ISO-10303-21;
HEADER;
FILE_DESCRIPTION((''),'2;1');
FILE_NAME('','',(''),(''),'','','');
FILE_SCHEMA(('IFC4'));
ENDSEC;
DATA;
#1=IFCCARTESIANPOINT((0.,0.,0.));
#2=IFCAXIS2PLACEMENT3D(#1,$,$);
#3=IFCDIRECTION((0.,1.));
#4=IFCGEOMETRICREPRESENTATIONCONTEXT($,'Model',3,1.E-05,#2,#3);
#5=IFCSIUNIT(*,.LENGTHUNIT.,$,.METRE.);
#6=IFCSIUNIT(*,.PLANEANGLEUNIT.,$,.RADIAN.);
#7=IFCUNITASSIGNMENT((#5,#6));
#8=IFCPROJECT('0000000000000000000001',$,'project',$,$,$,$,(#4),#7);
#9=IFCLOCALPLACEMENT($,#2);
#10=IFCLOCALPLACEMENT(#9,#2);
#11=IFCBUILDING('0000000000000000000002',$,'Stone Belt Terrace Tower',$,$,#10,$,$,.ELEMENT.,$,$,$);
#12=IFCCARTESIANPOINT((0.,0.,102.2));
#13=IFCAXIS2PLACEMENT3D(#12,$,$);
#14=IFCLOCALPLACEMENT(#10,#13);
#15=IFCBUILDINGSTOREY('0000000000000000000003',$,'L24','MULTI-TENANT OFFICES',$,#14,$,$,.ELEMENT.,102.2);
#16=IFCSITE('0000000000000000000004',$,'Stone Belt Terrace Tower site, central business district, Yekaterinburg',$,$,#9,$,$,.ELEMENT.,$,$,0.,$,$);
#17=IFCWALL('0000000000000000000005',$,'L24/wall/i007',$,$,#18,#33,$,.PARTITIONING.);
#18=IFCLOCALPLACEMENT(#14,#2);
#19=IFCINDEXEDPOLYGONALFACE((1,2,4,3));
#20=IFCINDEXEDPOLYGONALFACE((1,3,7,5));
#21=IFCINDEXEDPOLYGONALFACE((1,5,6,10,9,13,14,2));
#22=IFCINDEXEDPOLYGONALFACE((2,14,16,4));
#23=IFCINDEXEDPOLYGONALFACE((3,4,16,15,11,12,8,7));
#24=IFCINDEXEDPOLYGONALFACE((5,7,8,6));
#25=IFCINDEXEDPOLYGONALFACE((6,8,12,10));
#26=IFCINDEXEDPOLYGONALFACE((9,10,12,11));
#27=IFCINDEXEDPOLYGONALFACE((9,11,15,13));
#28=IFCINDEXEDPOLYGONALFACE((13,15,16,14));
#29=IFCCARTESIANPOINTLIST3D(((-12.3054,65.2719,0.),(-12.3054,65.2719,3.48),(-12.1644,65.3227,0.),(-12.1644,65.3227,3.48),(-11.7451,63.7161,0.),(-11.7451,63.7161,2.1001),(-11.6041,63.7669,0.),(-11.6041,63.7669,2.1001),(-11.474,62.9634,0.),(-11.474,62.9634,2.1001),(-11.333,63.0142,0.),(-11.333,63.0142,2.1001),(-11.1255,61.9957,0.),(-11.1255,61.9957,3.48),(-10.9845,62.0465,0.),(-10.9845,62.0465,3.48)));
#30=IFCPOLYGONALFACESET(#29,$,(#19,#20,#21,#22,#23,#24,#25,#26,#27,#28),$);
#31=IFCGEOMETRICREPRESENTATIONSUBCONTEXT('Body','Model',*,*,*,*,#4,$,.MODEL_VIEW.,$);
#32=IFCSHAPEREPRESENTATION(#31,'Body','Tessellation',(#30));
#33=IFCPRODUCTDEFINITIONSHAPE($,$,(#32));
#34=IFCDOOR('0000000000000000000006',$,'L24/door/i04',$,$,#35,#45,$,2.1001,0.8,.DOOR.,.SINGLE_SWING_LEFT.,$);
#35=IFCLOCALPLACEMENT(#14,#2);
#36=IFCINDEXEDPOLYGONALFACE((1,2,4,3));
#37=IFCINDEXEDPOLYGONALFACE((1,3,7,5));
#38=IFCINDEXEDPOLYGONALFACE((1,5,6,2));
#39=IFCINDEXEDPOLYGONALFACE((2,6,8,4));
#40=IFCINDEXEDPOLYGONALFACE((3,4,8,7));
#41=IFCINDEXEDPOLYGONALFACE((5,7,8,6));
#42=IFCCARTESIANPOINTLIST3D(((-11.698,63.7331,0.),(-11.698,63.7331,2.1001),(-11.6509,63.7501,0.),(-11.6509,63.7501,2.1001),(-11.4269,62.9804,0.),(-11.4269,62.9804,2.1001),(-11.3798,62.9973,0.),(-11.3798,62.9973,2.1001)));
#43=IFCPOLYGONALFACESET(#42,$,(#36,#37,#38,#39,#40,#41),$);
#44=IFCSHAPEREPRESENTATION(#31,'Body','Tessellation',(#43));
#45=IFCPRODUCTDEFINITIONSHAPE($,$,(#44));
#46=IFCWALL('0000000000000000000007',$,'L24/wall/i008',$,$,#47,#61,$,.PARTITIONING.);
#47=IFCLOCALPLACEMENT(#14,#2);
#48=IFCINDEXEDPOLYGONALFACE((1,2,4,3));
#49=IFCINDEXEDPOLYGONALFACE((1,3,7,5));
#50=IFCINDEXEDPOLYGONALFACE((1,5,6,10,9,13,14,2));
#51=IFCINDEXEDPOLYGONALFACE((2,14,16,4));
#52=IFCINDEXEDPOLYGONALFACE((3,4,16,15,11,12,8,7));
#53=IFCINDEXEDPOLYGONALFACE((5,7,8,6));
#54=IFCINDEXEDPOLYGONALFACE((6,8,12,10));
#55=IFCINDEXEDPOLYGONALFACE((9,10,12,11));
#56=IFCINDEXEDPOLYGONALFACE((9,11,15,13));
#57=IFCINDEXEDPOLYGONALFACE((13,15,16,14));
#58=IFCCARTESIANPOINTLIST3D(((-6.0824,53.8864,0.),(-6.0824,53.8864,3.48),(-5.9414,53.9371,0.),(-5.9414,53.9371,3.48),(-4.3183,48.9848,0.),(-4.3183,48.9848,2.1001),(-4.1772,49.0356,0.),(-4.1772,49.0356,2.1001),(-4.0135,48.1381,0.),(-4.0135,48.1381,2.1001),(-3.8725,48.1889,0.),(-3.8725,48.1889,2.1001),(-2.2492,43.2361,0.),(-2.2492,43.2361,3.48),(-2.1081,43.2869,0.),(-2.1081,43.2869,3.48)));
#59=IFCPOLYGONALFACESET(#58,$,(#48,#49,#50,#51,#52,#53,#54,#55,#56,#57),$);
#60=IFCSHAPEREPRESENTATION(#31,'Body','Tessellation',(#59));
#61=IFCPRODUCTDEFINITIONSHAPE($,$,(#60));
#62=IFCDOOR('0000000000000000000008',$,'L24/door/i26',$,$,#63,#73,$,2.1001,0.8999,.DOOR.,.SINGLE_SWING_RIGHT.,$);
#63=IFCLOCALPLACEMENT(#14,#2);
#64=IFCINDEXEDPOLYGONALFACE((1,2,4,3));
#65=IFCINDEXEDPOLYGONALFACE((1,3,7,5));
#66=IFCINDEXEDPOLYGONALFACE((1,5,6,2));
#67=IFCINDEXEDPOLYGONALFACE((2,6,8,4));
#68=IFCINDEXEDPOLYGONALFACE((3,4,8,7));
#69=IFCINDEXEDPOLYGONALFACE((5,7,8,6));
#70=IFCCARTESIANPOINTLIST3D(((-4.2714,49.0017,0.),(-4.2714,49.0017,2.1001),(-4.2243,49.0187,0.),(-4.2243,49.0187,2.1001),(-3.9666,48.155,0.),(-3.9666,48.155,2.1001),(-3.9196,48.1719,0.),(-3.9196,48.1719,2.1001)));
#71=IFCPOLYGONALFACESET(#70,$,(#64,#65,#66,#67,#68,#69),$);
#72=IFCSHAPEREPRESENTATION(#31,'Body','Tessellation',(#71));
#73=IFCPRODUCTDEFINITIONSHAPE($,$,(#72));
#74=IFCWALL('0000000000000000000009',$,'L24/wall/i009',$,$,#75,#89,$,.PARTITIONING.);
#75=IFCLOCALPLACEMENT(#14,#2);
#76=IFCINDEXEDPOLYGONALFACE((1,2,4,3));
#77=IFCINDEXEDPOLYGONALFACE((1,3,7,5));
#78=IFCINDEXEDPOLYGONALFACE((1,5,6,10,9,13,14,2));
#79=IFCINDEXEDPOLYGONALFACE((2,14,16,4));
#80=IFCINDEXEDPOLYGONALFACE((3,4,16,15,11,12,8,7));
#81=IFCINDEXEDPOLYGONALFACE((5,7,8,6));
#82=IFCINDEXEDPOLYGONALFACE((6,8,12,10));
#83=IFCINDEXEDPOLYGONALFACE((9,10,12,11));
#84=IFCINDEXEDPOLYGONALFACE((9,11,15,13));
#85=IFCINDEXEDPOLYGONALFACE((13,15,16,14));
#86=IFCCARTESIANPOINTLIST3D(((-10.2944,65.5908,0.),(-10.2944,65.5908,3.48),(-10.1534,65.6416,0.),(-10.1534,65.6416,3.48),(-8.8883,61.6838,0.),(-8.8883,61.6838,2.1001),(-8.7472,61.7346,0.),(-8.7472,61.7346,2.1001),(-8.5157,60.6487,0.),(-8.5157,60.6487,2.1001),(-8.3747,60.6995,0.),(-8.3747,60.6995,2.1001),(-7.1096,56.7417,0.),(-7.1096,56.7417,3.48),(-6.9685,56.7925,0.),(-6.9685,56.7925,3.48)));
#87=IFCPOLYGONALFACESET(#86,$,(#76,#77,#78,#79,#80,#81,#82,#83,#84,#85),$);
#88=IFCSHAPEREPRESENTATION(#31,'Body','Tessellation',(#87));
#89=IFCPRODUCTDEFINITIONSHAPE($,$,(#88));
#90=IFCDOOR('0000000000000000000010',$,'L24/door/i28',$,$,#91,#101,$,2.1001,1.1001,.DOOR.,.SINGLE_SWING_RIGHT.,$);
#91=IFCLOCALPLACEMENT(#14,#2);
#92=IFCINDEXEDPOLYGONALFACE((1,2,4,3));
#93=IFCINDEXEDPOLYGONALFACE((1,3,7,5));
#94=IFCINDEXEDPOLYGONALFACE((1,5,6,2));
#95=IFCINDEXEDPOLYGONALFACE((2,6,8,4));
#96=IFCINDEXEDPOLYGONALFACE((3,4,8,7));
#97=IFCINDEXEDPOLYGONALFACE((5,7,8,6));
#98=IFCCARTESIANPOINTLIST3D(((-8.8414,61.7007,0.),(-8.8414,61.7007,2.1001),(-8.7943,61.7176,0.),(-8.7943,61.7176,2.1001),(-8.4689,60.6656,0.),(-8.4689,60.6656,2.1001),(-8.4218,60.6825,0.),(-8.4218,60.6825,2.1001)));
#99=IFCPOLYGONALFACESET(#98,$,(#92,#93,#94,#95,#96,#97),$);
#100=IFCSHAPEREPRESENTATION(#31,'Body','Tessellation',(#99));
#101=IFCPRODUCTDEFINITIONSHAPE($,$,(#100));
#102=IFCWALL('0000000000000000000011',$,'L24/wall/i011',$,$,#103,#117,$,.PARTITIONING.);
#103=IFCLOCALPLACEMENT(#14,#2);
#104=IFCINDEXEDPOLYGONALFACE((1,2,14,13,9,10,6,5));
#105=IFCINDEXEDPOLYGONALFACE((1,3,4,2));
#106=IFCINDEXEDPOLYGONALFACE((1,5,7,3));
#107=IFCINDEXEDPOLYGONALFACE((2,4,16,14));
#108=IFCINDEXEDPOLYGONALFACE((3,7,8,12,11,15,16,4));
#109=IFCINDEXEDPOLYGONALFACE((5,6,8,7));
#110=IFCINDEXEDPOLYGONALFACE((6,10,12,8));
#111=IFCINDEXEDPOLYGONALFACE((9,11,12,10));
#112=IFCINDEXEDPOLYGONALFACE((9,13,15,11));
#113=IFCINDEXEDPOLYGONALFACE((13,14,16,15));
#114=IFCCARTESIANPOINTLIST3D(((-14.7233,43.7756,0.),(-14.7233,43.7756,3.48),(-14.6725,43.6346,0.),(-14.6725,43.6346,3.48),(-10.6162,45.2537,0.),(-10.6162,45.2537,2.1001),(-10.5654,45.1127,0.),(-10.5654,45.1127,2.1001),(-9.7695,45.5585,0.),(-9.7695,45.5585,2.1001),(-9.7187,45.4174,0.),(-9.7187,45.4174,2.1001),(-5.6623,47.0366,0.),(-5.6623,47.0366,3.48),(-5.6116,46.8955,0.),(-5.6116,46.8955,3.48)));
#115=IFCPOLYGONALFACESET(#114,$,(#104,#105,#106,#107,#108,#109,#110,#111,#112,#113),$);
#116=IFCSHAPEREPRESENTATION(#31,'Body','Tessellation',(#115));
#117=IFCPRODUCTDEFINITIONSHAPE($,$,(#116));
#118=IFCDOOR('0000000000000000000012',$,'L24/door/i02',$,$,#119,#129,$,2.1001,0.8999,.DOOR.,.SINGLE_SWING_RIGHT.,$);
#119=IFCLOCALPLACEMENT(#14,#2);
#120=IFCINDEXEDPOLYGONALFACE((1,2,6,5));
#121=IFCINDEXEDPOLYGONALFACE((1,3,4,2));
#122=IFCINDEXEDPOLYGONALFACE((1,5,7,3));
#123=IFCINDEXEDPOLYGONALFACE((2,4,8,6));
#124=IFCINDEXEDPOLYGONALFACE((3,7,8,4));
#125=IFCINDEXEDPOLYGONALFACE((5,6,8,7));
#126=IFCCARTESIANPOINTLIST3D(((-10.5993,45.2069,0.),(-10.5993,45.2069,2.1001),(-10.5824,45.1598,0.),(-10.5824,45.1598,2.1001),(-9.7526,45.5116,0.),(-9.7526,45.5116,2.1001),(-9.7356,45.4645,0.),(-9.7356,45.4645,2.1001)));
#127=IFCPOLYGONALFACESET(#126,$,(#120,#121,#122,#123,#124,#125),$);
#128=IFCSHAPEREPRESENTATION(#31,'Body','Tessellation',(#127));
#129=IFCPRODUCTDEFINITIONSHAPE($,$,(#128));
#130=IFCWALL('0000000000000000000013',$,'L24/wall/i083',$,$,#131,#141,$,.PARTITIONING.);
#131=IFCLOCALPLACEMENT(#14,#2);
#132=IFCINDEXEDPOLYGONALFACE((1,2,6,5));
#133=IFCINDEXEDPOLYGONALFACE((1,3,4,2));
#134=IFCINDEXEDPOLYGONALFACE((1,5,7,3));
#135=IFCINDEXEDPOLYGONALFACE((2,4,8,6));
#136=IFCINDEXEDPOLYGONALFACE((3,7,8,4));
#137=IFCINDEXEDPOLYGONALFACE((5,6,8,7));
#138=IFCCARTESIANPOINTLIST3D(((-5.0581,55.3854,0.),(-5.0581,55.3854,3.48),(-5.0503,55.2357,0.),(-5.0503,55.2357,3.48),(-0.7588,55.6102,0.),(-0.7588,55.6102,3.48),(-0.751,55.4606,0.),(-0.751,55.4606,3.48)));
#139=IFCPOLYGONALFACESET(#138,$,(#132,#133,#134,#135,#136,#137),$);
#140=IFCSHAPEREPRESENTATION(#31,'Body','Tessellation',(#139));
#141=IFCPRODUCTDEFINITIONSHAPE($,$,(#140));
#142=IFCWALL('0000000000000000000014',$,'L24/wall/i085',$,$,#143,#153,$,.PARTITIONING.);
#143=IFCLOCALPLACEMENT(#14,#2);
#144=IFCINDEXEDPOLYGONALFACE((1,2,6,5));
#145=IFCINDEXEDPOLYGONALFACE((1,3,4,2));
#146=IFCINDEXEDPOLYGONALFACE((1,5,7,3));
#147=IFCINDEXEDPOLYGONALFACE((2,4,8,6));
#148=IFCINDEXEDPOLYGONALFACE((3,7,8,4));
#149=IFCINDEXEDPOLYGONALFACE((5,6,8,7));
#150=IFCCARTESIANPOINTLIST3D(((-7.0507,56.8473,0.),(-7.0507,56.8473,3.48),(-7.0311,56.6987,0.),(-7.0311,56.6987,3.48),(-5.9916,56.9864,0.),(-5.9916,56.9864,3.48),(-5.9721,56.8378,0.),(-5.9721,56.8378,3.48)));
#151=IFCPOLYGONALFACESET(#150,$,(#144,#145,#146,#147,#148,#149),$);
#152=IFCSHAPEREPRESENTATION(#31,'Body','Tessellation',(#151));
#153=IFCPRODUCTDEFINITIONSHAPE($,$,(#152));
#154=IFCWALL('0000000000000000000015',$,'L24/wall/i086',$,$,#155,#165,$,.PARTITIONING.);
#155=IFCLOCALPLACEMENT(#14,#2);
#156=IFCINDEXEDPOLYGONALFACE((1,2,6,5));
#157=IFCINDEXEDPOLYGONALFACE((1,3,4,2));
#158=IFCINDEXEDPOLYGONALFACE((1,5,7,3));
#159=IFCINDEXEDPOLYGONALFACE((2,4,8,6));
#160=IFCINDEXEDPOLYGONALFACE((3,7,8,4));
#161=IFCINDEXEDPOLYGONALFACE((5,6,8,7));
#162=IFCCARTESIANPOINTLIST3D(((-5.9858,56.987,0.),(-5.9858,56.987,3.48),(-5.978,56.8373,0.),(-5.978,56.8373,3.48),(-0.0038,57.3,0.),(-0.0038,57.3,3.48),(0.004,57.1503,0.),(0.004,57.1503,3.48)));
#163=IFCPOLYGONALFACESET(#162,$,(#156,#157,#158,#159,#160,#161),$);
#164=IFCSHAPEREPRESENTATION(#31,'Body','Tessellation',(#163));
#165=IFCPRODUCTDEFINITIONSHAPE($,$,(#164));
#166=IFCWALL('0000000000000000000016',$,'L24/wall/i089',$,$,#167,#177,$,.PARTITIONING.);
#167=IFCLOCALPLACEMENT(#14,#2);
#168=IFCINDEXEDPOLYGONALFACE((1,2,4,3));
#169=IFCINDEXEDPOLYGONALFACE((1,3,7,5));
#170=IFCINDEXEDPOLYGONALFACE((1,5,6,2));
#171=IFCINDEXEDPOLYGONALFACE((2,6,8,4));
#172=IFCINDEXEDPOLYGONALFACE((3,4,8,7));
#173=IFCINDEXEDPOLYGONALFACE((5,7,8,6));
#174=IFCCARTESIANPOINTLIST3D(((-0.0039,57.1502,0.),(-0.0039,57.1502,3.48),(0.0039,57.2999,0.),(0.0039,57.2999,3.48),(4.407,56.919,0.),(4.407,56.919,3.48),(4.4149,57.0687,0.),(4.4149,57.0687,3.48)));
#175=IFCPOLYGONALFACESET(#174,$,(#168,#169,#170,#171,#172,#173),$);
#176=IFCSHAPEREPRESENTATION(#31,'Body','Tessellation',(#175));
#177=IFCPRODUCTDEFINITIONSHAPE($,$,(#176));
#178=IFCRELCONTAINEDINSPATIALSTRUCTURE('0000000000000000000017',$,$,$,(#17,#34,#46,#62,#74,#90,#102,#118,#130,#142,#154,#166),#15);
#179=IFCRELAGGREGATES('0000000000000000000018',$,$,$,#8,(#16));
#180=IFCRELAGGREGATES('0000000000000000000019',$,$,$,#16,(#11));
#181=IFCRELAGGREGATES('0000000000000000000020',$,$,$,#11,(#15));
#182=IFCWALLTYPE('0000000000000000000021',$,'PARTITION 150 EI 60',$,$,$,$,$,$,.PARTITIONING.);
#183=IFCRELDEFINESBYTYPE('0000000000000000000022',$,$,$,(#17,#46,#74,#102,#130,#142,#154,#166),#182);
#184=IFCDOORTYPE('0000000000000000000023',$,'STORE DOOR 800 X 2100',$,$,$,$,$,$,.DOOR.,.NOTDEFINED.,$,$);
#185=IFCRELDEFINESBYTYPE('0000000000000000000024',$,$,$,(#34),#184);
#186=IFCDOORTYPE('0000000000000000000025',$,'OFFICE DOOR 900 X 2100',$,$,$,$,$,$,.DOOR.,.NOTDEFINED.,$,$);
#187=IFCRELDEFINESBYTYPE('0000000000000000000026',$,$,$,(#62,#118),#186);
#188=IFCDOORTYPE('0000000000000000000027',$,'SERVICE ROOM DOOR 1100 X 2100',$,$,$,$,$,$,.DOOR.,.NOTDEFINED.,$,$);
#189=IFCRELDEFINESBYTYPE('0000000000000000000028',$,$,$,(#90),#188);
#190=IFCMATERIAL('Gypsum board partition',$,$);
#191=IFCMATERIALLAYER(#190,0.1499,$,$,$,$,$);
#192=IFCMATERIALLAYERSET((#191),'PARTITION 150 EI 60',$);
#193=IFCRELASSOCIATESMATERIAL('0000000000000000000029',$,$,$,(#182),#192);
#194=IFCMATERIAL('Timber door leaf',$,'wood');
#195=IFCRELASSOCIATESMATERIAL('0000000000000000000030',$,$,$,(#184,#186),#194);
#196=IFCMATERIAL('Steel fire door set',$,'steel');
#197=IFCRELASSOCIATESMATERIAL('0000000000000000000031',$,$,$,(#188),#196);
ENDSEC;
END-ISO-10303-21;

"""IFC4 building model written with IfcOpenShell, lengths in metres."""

from ifc_helpers import new_model, si_unit, direction, frame, frame_2d, origin, place, context, subcontext, project, spatial, rectangle, extrude, material, layer, layer_set, type_object, element, fill, save


model = new_model("IFC4")

# Units and contexts
model_context = context("Model", 3, precision=1e-05, world=origin(), true_north=direction((0.0, 1.0)))
body_context = subcontext(model_context, "Body", "Model", "MODEL_VIEW")
ifc_project = project(units=[si_unit("LENGTHUNIT", "METRE"), si_unit("PLANEANGLEUNIT", "RADIAN")], contexts=[model_context])

# Site, building, storey
site_placement = place(None, origin())
site = spatial("IfcSite", under=ifc_project, at=site_placement, Name="Stone Belt Terrace Tower site, central business district, Yekaterinburg", CompositionType="ELEMENT", RefElevation=0.0)
building_placement = place(site_placement, origin())
building = spatial("IfcBuilding", under=site, at=building_placement, Name="Stone Belt Terrace Tower", CompositionType="ELEMENT")
storey_placement = place(building_placement, frame((0.0, 0.0, 102.2)))
storey = spatial("IfcBuildingStorey", under=building, at=storey_placement, Name="L24", Description="MULTI-TENANT OFFICES", CompositionType="ELEMENT", Elevation=102.2)

# Shared definitions
ifc_material_1 = material(Name="Timber door leaf", Category="wood")

# Walls, openings, doors
ifc_material_2 = material(Name="Gypsum board partition")
ifc_layer_1 = layer(ifc_material_2, 0.1499)
ifc_layer_set_1 = layer_set([ifc_layer_1], Name="PARTITION 150 EI 60")
wall_type_1 = type_object("IfcWallType", Name="PARTITION 150 EI 60", PredefinedType="PARTITIONING", material=ifc_layer_set_1)
wall_1_placement = place(storey_placement, frame((-11.0549, 62.021, 0.0), z_axis=(0.0, 0.0, 1.0), x_axis=(-0.338854, 0.940839, 0.0)))
wall_1 = element("IfcWall", 1, at=wall_1_placement, inside=storey, type_object=wall_type_1, Name="L24/wall/i007", PredefinedType="PARTITIONING", context=body_context, shape_type="SweptSolid", body=[
    extrude(rectangle(XDim=3.4822, YDim=0.1499, at=frame_2d((1.7412, 0.0))), origin(), (0.0, 0.0, 1.0), 3.48),
])
opening_1_placement = place(wall_1_placement, frame((1.0288, 0.0, 0.0)))
opening_1 = element("IfcOpeningElement", 2, at=opening_1_placement, cuts=wall_1, PredefinedType="OPENING", context=body_context, shape_type="SweptSolid", body=[
    extrude(rectangle(XDim=0.8, YDim=2.1001, at=frame_2d((0.3999, 1.05))), frame((0.0, 0.085, 0.0), z_axis=(0.0, -1.0, 0.0), x_axis=(1.0, 0.0, 0.0)), (0.0, 0.0, 1.0), 0.1699),
])
door_type_1 = type_object("IfcDoorType", Name="STORE DOOR 800 X 2100", OperationType="NOTDEFINED", PredefinedType="DOOR", material=ifc_material_1)
door_1_placement = place(opening_1_placement, origin())
door_1 = element("IfcDoor", 3, at=door_1_placement, inside=storey, type_object=door_type_1, Name="L24/door/i04", OperationType="SINGLE_SWING_LEFT", OverallHeight=2.1001, OverallWidth=0.8, PredefinedType="DOOR", context=body_context, shape_type="SweptSolid", body=[
    extrude(rectangle(XDim=0.8, YDim=2.1001, at=frame_2d((0.3999, 1.05))), frame((0.0, 0.0249, 0.0), z_axis=(0.0, -1.0, 0.0), x_axis=(1.0, 0.0, 0.0)), (0.0, 0.0, 1.0), 0.05),
])
fill(opening_1, door_1)
wall_2_placement = place(storey_placement, frame((-6.012, 53.9119, 0.0), z_axis=(0.0, 0.0, 1.0), x_axis=(0.338657, -0.94091, 0.0)))
wall_2 = element("IfcWall", 4, at=wall_2_placement, inside=storey, type_object=wall_type_1, Name="L24/wall/i008", PredefinedType="PARTITIONING", context=body_context, shape_type="SweptSolid", body=[
    extrude(rectangle(XDim=11.3191, YDim=0.1499, at=frame_2d((5.6597, 0.0))), origin(), (0.0, 0.0, 1.0), 3.48),
])
opening_2_placement = place(wall_2_placement, frame((5.2095, 0.0, 0.0)))
opening_2 = element("IfcOpeningElement", 5, at=opening_2_placement, cuts=wall_2, PredefinedType="OPENING", context=body_context, shape_type="SweptSolid", body=[
    extrude(rectangle(XDim=0.8999, YDim=2.1001, at=frame_2d((0.45, 1.05))), frame((0.0, 0.085, 0.0), z_axis=(0.0, -1.0, 0.0), x_axis=(1.0, 0.0, 0.0)), (0.0, 0.0, 1.0), 0.1699),
])
door_type_2 = type_object("IfcDoorType", Name="OFFICE DOOR 900 X 2100", OperationType="NOTDEFINED", PredefinedType="DOOR", material=ifc_material_1)
door_2_placement = place(opening_2_placement, origin())
door_2 = element("IfcDoor", 6, at=door_2_placement, inside=storey, type_object=door_type_2, Name="L24/door/i26", OperationType="SINGLE_SWING_RIGHT", OverallHeight=2.1001, OverallWidth=0.8999, PredefinedType="DOOR", context=body_context, shape_type="SweptSolid", body=[
    extrude(rectangle(XDim=0.8999, YDim=2.1001, at=frame_2d((0.45, 1.05))), frame((0.0, 0.0249, 0.0), z_axis=(0.0, -1.0, 0.0), x_axis=(1.0, 0.0, 0.0)), (0.0, 0.0, 1.0), 0.05),
])
fill(opening_2, door_2)
wall_3_placement = place(storey_placement, frame((-10.2239, 65.6162, 0.0), z_axis=(0.0, 0.0, 1.0), x_axis=(0.338638, -0.940917, 0.0)))
wall_3 = element("IfcWall", 7, at=wall_3_placement, inside=storey, type_object=wall_type_1, Name="L24/wall/i009", PredefinedType="PARTITIONING", context=body_context, shape_type="SweptSolid", body=[
    extrude(rectangle(XDim=9.4048, YDim=0.1499, at=frame_2d((4.7024, 0.0))), origin(), (0.0, 0.0, 1.0), 3.48),
])
opening_3_placement = place(wall_3_placement, frame((4.1523, 0.0, 0.0)))
opening_3 = element("IfcOpeningElement", 8, at=opening_3_placement, cuts=wall_3, PredefinedType="OPENING", context=body_context, shape_type="SweptSolid", body=[
    extrude(rectangle(XDim=1.1001, YDim=2.1001, at=frame_2d((0.55, 1.05))), frame((0.0, 0.085, 0.0), z_axis=(0.0, -1.0, 0.0), x_axis=(1.0, 0.0, 0.0)), (0.0, 0.0, 1.0), 0.1699),
])
ifc_material_3 = material(Name="Steel fire door set", Category="steel")
door_type_3 = type_object("IfcDoorType", Name="SERVICE ROOM DOOR 1100 X 2100", OperationType="NOTDEFINED", PredefinedType="DOOR", material=ifc_material_3)
door_3_placement = place(opening_3_placement, origin())
door_3 = element("IfcDoor", 9, at=door_3_placement, inside=storey, type_object=door_type_3, Name="L24/door/i28", OperationType="SINGLE_SWING_RIGHT", OverallHeight=2.1001, OverallWidth=1.1001, PredefinedType="DOOR", context=body_context, shape_type="SweptSolid", body=[
    extrude(rectangle(XDim=1.1001, YDim=2.1001, at=frame_2d((0.55, 1.05))), frame((0.0, 0.0249, 0.0), z_axis=(0.0, -1.0, 0.0), x_axis=(1.0, 0.0, 0.0)), (0.0, 0.0, 1.0), 0.05),
])
fill(opening_3, door_3)
wall_4_placement = place(storey_placement, frame((-5.637, 46.9661, 0.0), z_axis=(0.0, 0.0, 1.0), x_axis=(-0.94092, -0.338629, 0.0)))
wall_4 = element("IfcWall", 10, at=wall_4_placement, inside=storey, type_object=wall_type_1, Name="L24/wall/i011", PredefinedType="PARTITIONING", context=body_context, shape_type="SweptSolid", body=[
    extrude(rectangle(XDim=9.6299, YDim=0.1499, at=frame_2d((4.8149, 0.0))), origin(), (0.0, 0.0, 1.0), 3.48),
])
opening_4_placement = place(wall_4_placement, frame((4.365, 0.0, 0.0)))
opening_4 = element("IfcOpeningElement", 11, at=opening_4_placement, cuts=wall_4, PredefinedType="OPENING", context=body_context, shape_type="SweptSolid", body=[
    extrude(rectangle(XDim=0.8999, YDim=2.1001, at=frame_2d((0.45, 1.05))), frame((0.0, 0.085, 0.0), z_axis=(0.0, -1.0, 0.0), x_axis=(1.0, 0.0, 0.0)), (0.0, 0.0, 1.0), 0.1699),
])
door_4_placement = place(opening_4_placement, origin())
door_4 = element("IfcDoor", 12, at=door_4_placement, inside=storey, type_object=door_type_2, Name="L24/door/i02", OperationType="SINGLE_SWING_RIGHT", OverallHeight=2.1001, OverallWidth=0.8999, PredefinedType="DOOR", context=body_context, shape_type="SweptSolid", body=[
    extrude(rectangle(XDim=0.8999, YDim=2.1001, at=frame_2d((0.45, 1.05))), frame((0.0, 0.0249, 0.0), z_axis=(0.0, -1.0, 0.0), x_axis=(1.0, 0.0, 0.0)), (0.0, 0.0, 1.0), 0.05),
])
fill(opening_4, door_4)

# Walls
wall_5_placement = place(storey_placement, frame((-0.7549, 55.5354, 0.0), z_axis=(0.0, 0.0, 1.0), x_axis=(-0.998635, -0.052228, 0.0)))
element("IfcWall", 13, at=wall_5_placement, inside=storey, type_object=wall_type_1, Name="L24/wall/i083", PredefinedType="PARTITIONING", context=body_context, shape_type="SweptSolid", body=[
    extrude(rectangle(XDim=4.3052, YDim=0.1499, at=frame_2d((2.1526, 0.0))), origin(), (0.0, 0.0, 1.0), 3.48),
])
wall_6_placement = place(storey_placement, frame((-7.041, 56.7729, 0.0), z_axis=(0.0, 0.0, 1.0), x_axis=(0.991478, 0.130277, 0.0)))
element("IfcWall", 14, at=wall_6_placement, inside=storey, type_object=wall_type_1, Name="L24/wall/i085", PredefinedType="PARTITIONING", context=body_context, shape_type="SweptSolid", body=[
    extrude(rectangle(XDim=1.0681, YDim=0.1499, at=frame_2d((0.5342, 0.0))), origin(), (0.0, 0.0, 1.0), 3.48),
])
wall_7_placement = place(storey_placement, frame((-5.9819, 56.9121, 0.0), z_axis=(0.0, 0.0, 1.0), x_axis=(0.998634, 0.052251, 0.0)))
element("IfcWall", 15, at=wall_7_placement, inside=storey, type_object=wall_type_1, Name="L24/wall/i086", PredefinedType="PARTITIONING", context=body_context, shape_type="SweptSolid", body=[
    extrude(rectangle(XDim=5.9902, YDim=0.1499, at=frame_2d((2.9951, 0.0))), origin(), (0.0, 0.0, 1.0), 3.48),
])
wall_8_placement = place(storey_placement, frame((0.0, 57.2251, 0.0), z_axis=(0.0, 0.0, 1.0), x_axis=(0.998629, -0.052344, 0.0)))
element("IfcWall", 16, at=wall_8_placement, inside=storey, type_object=wall_type_1, Name="L24/wall/i089", PredefinedType="PARTITIONING", context=body_context, shape_type="SweptSolid", body=[
    extrude(rectangle(XDim=4.417, YDim=0.1499, at=frame_2d((2.2085, 0.0))), origin(), (0.0, 0.0, 1.0), 3.48),
])

save(model, "model.ifc")
